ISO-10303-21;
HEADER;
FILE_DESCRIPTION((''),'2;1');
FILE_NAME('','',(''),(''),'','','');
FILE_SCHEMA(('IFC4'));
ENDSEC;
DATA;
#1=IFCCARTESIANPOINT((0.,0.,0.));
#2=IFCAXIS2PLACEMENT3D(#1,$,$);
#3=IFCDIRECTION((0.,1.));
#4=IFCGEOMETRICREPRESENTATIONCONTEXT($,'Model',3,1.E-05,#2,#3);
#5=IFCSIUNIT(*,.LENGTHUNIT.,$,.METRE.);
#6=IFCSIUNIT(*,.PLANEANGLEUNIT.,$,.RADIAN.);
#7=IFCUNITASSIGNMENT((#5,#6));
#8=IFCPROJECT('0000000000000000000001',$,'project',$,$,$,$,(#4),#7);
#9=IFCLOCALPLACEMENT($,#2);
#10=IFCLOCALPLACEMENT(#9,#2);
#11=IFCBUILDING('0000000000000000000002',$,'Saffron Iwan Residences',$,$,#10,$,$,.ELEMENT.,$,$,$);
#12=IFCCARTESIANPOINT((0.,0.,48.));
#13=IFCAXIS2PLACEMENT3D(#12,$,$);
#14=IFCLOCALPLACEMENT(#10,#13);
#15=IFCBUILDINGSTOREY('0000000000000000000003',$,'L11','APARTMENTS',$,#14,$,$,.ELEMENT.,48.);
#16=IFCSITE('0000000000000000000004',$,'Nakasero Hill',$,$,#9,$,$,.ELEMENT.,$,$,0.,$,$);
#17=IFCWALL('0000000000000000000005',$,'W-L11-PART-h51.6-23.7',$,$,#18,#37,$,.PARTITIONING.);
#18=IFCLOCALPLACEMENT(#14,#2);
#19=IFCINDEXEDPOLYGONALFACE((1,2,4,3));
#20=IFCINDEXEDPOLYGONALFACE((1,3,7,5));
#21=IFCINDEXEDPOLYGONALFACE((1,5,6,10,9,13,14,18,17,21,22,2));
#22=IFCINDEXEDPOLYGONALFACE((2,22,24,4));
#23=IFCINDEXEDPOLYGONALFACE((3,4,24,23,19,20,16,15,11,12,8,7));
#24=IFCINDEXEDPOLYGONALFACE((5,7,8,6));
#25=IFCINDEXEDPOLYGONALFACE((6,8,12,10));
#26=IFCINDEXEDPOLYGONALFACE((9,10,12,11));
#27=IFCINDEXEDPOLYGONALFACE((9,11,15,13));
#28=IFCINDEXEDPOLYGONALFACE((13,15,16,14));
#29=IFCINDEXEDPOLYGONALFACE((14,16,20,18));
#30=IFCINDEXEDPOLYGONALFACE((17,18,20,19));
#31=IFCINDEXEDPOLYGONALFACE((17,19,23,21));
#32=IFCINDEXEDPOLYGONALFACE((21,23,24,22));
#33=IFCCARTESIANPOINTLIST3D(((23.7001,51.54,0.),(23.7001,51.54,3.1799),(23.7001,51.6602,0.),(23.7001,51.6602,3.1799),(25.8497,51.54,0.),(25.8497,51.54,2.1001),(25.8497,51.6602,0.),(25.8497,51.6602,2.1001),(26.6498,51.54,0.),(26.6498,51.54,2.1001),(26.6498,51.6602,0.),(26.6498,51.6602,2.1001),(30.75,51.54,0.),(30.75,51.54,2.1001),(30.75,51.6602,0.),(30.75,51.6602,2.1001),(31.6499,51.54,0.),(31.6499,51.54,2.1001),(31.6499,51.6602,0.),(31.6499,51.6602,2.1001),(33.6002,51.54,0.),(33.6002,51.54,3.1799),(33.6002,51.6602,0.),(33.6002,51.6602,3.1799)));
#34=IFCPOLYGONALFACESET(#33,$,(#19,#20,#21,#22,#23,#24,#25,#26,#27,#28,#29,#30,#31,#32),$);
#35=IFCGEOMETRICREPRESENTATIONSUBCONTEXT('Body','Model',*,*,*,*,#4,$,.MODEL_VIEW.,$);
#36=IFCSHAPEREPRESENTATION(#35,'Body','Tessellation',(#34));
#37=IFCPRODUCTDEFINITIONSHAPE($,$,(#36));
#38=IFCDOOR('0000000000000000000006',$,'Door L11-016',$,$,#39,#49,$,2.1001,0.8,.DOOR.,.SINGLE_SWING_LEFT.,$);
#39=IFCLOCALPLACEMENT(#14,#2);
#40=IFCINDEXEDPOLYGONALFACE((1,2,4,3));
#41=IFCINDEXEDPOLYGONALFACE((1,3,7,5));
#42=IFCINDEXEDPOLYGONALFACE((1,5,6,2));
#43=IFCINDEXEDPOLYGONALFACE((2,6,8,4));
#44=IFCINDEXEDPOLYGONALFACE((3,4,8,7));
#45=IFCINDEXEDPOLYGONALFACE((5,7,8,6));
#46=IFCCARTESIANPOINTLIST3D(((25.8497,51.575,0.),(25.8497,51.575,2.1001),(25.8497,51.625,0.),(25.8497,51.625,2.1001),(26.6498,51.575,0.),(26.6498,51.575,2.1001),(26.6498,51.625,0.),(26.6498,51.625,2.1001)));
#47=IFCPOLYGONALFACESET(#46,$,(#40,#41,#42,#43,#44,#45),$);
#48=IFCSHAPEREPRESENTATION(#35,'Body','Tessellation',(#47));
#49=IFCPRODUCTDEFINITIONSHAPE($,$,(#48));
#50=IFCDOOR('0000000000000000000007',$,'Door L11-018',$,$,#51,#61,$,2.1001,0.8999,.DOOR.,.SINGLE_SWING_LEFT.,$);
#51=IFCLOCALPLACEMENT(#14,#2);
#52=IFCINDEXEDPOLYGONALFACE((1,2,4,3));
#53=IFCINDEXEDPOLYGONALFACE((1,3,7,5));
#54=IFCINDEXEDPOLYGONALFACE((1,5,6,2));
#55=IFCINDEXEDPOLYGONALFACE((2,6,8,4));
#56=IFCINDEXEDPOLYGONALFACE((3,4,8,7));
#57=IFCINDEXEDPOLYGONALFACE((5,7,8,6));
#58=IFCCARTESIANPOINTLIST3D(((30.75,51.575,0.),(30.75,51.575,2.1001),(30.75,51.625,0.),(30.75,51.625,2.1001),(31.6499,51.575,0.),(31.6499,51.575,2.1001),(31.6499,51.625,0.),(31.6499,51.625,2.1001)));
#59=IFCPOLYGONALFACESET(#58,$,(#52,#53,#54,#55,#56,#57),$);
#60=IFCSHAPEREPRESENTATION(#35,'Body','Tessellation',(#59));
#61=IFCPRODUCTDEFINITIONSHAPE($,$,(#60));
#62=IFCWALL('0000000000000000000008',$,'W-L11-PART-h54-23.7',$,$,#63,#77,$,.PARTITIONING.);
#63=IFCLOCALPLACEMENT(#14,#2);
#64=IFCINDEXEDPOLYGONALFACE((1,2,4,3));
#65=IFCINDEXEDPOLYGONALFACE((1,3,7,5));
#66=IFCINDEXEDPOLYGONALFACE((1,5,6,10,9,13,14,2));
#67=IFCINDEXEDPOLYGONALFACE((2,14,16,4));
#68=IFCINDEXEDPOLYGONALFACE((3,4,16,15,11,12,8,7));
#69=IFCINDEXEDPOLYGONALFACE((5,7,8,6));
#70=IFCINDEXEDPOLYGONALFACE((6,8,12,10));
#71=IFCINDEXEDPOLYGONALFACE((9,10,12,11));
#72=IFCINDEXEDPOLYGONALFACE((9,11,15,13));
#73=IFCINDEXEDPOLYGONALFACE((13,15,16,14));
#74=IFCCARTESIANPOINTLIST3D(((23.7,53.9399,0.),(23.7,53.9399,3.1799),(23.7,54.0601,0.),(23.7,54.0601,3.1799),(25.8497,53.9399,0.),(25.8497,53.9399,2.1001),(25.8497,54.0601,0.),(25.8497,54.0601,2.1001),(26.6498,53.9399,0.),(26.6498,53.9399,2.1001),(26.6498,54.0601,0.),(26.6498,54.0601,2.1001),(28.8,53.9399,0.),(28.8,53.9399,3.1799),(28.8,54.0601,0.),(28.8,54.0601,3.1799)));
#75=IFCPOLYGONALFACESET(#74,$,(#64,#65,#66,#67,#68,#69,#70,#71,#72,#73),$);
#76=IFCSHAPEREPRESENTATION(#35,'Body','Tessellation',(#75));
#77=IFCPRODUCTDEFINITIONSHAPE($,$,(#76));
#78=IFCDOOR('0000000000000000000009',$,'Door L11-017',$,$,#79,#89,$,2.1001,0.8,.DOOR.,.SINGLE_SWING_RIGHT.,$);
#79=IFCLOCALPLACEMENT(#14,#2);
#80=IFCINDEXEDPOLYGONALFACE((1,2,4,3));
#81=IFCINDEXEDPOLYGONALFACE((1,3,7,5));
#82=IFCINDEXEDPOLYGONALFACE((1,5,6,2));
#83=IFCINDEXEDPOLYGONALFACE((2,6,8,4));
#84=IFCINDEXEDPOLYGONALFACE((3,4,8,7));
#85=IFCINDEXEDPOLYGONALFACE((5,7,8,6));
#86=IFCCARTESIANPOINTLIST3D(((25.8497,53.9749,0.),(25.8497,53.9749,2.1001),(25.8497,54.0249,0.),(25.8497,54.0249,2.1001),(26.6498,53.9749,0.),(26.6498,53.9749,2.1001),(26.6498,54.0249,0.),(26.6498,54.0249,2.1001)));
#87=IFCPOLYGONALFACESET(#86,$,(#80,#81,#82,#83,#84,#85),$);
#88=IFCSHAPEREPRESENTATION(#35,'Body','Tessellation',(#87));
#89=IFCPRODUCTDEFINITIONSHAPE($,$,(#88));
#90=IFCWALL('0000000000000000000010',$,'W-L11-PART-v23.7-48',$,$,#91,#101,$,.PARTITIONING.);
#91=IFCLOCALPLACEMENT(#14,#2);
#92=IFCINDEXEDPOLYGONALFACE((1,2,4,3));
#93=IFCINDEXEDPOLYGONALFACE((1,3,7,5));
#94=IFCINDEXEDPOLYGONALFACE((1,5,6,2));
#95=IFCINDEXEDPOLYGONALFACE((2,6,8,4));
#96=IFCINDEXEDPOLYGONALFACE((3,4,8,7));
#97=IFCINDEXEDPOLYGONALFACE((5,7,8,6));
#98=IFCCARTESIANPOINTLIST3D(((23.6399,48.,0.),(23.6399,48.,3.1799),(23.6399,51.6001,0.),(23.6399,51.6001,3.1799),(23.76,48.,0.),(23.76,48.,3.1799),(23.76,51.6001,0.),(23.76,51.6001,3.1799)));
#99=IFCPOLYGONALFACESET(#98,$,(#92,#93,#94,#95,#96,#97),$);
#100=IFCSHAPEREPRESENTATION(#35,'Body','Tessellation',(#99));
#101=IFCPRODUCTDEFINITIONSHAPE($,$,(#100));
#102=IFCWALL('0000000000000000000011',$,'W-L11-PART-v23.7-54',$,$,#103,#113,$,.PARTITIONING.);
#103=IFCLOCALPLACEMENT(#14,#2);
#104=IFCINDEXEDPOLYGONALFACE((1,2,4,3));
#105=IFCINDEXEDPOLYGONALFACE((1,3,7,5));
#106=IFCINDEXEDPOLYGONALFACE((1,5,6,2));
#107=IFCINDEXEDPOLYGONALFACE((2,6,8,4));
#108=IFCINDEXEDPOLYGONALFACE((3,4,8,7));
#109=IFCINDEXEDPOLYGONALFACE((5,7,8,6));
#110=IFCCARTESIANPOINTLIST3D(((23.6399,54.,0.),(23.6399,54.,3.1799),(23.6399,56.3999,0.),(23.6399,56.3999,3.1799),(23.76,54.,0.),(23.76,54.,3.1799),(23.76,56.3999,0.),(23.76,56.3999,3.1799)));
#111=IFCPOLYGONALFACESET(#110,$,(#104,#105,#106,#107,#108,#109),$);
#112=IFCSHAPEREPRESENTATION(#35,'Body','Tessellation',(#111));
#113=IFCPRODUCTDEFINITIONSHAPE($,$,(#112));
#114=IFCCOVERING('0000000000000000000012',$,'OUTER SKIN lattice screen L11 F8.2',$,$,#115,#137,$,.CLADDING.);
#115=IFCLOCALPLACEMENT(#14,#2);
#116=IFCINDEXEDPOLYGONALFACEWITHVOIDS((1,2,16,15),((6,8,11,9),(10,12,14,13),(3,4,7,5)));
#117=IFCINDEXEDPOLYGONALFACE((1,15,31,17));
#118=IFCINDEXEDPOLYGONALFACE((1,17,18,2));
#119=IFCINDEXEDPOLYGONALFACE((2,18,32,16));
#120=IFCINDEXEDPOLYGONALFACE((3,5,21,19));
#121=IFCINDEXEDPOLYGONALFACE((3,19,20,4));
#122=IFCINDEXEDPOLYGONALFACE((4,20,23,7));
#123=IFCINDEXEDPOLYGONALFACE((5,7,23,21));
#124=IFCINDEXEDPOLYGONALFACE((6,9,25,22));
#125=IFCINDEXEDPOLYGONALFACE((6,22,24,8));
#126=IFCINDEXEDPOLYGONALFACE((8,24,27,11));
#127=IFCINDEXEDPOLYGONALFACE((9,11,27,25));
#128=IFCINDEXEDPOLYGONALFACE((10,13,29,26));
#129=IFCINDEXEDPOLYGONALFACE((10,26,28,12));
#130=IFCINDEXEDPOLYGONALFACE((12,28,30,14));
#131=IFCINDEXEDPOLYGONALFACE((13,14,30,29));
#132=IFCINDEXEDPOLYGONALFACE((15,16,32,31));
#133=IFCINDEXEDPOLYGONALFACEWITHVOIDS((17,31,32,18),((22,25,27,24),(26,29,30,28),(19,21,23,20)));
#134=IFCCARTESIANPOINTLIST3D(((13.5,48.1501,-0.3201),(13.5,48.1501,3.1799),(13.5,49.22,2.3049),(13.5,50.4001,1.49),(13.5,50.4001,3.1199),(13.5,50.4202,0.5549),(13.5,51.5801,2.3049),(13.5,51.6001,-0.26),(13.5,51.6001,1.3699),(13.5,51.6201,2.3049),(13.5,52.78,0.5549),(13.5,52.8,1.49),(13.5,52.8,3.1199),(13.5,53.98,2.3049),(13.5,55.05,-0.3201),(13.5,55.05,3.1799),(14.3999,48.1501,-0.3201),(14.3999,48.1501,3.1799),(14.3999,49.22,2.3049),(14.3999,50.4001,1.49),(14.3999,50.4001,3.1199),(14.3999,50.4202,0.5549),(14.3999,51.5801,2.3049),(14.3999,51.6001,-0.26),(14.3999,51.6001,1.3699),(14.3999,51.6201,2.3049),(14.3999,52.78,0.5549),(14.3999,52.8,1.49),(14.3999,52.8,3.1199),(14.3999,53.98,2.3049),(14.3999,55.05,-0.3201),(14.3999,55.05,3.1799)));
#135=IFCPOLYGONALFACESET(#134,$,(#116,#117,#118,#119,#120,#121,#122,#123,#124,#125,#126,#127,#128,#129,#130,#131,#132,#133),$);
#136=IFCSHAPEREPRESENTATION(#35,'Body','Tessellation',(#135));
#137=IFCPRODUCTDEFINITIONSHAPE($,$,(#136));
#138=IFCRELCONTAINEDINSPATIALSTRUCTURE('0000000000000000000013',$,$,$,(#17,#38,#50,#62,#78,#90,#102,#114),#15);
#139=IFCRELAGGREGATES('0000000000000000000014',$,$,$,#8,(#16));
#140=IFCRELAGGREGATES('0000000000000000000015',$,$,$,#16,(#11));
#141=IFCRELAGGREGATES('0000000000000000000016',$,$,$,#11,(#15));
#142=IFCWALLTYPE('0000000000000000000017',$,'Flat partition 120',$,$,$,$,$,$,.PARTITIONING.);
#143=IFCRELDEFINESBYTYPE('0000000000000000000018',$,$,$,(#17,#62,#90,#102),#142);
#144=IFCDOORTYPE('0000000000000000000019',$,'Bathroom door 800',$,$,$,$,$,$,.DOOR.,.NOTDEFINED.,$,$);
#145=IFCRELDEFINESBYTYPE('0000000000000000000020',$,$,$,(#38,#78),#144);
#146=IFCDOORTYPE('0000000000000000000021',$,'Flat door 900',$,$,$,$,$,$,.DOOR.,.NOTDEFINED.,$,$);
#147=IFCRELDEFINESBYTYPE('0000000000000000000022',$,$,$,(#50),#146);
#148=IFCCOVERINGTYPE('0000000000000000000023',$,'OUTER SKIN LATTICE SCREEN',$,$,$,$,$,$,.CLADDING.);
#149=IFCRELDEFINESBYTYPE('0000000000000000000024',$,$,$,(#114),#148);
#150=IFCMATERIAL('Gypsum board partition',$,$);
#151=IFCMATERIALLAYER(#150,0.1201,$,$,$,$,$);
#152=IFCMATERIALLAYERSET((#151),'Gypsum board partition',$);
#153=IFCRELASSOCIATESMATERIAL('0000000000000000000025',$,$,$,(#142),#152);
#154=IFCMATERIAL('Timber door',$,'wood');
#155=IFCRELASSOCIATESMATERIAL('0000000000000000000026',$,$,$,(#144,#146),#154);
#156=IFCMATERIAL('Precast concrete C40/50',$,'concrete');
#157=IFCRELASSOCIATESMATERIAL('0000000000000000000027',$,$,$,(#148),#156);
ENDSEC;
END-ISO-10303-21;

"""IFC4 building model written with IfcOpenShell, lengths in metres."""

from ifc_helpers import new_model, si_unit, direction, frame, frame_2d, origin, place, context, subcontext, project, spatial, polyline, rectangle, outline, extrude, material, layer, layer_set, type_object, element, fill, save


model = new_model("IFC4")

# Units and contexts
model_context = context("Model", 3, precision=1e-05, world=origin(), true_north=direction((0.0, 1.0)))
body_context = subcontext(model_context, "Body", "Model", "MODEL_VIEW")
ifc_project = project(units=[si_unit("LENGTHUNIT", "METRE"), si_unit("PLANEANGLEUNIT", "RADIAN")], contexts=[model_context])

# Site, building, storey
site_placement = place(None, origin())
site = spatial("IfcSite", under=ifc_project, at=site_placement, Name="Nakasero Hill", CompositionType="ELEMENT", RefElevation=0.0)
building_placement = place(site_placement, origin())
building = spatial("IfcBuilding", under=site, at=building_placement, Name="Saffron Iwan Residences", CompositionType="ELEMENT")
storey_placement = place(building_placement, frame((0.0, 0.0, 48.0)))
storey = spatial("IfcBuildingStorey", under=building, at=storey_placement, Name="L11", Description="APARTMENTS", CompositionType="ELEMENT", Elevation=48.0)

# Shared definitions
ifc_material_1 = material(Name="Gypsum board partition")
ifc_layer_1 = layer(ifc_material_1, 0.1201)
ifc_layer_set_1 = layer_set([ifc_layer_1], Name="Gypsum board partition")
wall_type_1 = type_object("IfcWallType", Name="Flat partition 120", PredefinedType="PARTITIONING", material=ifc_layer_set_1)

# Wall, openings, doors
wall_1_placement = place(storey_placement, frame((23.7, 51.6001, 0.0), z_axis=(0.0, 0.0, 1.0), x_axis=(1.0, 0.0, 0.0)))
wall_1 = element("IfcWall", 1, at=wall_1_placement, inside=storey, type_object=wall_type_1, Name="W-L11-PART-h51.6-23.7", PredefinedType="PARTITIONING", context=body_context, shape_type="SweptSolid", body=[
    extrude(rectangle(XDim=9.9001, YDim=0.1201, at=frame_2d((4.9502, 0.0))), origin(), (0.0, 0.0, 1.0), 3.1799),
])
opening_1_placement = place(wall_1_placement, frame((2.1499, 0.0, 0.0)))
opening_1 = element("IfcOpeningElement", 2, at=opening_1_placement, cuts=wall_1, PredefinedType="OPENING", context=body_context, shape_type="SweptSolid", body=[
    extrude(rectangle(XDim=0.8, YDim=2.1001, at=frame_2d((0.3999, 1.05))), frame((0.0, 0.0701, 0.0), z_axis=(0.0, -1.0, 0.0), x_axis=(1.0, 0.0, 0.0)), (0.0, 0.0, 1.0), 0.1401),
])
opening_2_placement = place(wall_1_placement, frame((7.05, 0.0, 0.0)))
opening_2 = element("IfcOpeningElement", 3, at=opening_2_placement, cuts=wall_1, PredefinedType="OPENING", context=body_context, shape_type="SweptSolid", body=[
    extrude(rectangle(XDim=0.8999, YDim=2.1001, at=frame_2d((0.45, 1.05))), frame((0.0, 0.0701, 0.0), z_axis=(0.0, -1.0, 0.0), x_axis=(1.0, 0.0, 0.0)), (0.0, 0.0, 1.0), 0.1401),
])
ifc_material_2 = material(Name="Timber door", Category="wood")
door_type_1 = type_object("IfcDoorType", Name="Bathroom door 800", OperationType="NOTDEFINED", PredefinedType="DOOR", material=ifc_material_2)
door_1_placement = place(opening_1_placement, origin())
door_1 = element("IfcDoor", 4, at=door_1_placement, inside=storey, type_object=door_type_1, Name="Door L11-016", OperationType="SINGLE_SWING_LEFT", OverallHeight=2.1001, OverallWidth=0.8, PredefinedType="DOOR", context=body_context, shape_type="SweptSolid", body=[
    extrude(rectangle(XDim=0.8, YDim=2.1001, at=frame_2d((0.3999, 1.05))), frame((0.0, 0.0249, 0.0), z_axis=(0.0, -1.0, 0.0), x_axis=(1.0, 0.0, 0.0)), (0.0, 0.0, 1.0), 0.05),
])
fill(opening_1, door_1)
door_type_2 = type_object("IfcDoorType", Name="Flat door 900", OperationType="NOTDEFINED", PredefinedType="DOOR", material=ifc_material_2)
door_2_placement = place(opening_2_placement, origin())
door_2 = element("IfcDoor", 5, at=door_2_placement, inside=storey, type_object=door_type_2, Name="Door L11-018", OperationType="SINGLE_SWING_LEFT", OverallHeight=2.1001, OverallWidth=0.8999, PredefinedType="DOOR", context=body_context, shape_type="SweptSolid", body=[
    extrude(rectangle(XDim=0.8999, YDim=2.1001, at=frame_2d((0.45, 1.05))), frame((0.0, 0.0249, 0.0), z_axis=(0.0, -1.0, 0.0), x_axis=(1.0, 0.0, 0.0)), (0.0, 0.0, 1.0), 0.05),
])
fill(opening_2, door_2)

# Wall, opening, door
wall_2_placement = place(storey_placement, frame((23.7, 54.0, 0.0), z_axis=(0.0, 0.0, 1.0), x_axis=(1.0, 0.0, 0.0)))
wall_2 = element("IfcWall", 6, at=wall_2_placement, inside=storey, type_object=wall_type_1, Name="W-L11-PART-h54-23.7", PredefinedType="PARTITIONING", context=body_context, shape_type="SweptSolid", body=[
    extrude(rectangle(XDim=5.1001, YDim=0.1201, at=frame_2d((2.55, 0.0))), origin(), (0.0, 0.0, 1.0), 3.1799),
])
opening_3_placement = place(wall_2_placement, frame((2.1499, 0.0, 0.0)))
opening_3 = element("IfcOpeningElement", 7, at=opening_3_placement, cuts=wall_2, PredefinedType="OPENING", context=body_context, shape_type="SweptSolid", body=[
    extrude(rectangle(XDim=0.8, YDim=2.1001, at=frame_2d((0.3999, 1.05))), frame((0.0, 0.0701, 0.0), z_axis=(0.0, -1.0, 0.0), x_axis=(1.0, 0.0, 0.0)), (0.0, 0.0, 1.0), 0.1401),
])
door_3_placement = place(opening_3_placement, origin())
door_3 = element("IfcDoor", 8, at=door_3_placement, inside=storey, type_object=door_type_1, Name="Door L11-017", OperationType="SINGLE_SWING_RIGHT", OverallHeight=2.1001, OverallWidth=0.8, PredefinedType="DOOR", context=body_context, shape_type="SweptSolid", body=[
    extrude(rectangle(XDim=0.8, YDim=2.1001, at=frame_2d((0.3999, 1.05))), frame((0.0, 0.0249, 0.0), z_axis=(0.0, -1.0, 0.0), x_axis=(1.0, 0.0, 0.0)), (0.0, 0.0, 1.0), 0.05),
])
fill(opening_3, door_3)

# Walls
wall_3_placement = place(storey_placement, frame((23.7, 48.0, 0.0), z_axis=(0.0, 0.0, 1.0), x_axis=(0.0, 1.0, 0.0)))
element("IfcWall", 9, at=wall_3_placement, inside=storey, type_object=wall_type_1, Name="W-L11-PART-v23.7-48", PredefinedType="PARTITIONING", context=body_context, shape_type="SweptSolid", body=[
    extrude(rectangle(XDim=3.6001, YDim=0.1201, at=frame_2d((1.8, 0.0))), origin(), (0.0, 0.0, 1.0), 3.1799),
])
wall_4_placement = place(storey_placement, frame((23.7, 54.0, 0.0), z_axis=(0.0, 0.0, 1.0), x_axis=(0.0, 1.0, 0.0)))
element("IfcWall", 10, at=wall_4_placement, inside=storey, type_object=wall_type_1, Name="W-L11-PART-v23.7-54", PredefinedType="PARTITIONING", context=body_context, shape_type="SweptSolid", body=[
    extrude(rectangle(XDim=2.3999, YDim=0.1201, at=frame_2d((1.2, 0.0))), origin(), (0.0, 0.0, 1.0), 3.1799),
])

# Covering
ifc_material_3 = material(Name="Precast concrete C40/50", Category="concrete")
covering_type = type_object("IfcCoveringType", Name="OUTER SKIN LATTICE SCREEN", PredefinedType="CLADDING", material=ifc_material_3)
covering_placement = place(storey_placement, frame((14.3999, 55.05, -0.3201), z_axis=(-1.0, 0.0, 0.0), x_axis=(0.0, -1.0, 0.0)))
element("IfcCovering", 11, at=covering_placement, inside=storey, type_object=covering_type, Name="OUTER SKIN lattice screen L11 F8.2", PredefinedType="CLADDING", context=body_context, shape_type="SweptSolid", body=[
    extrude(outline(polyline([(0.0, 0.0), (6.8999, 0.0), (6.8999, 3.5), (0.0, 3.5), (0.0, 0.0)]), holes=[polyline([(2.27, 0.875), (3.45, 0.0601), (4.6299, 0.875), (3.45, 1.6899), (2.27, 0.875)]), polyline([(1.0701, 2.625), (2.25, 1.8101), (3.4299, 2.625), (2.25, 3.4399), (1.0701, 2.625)]), polyline([(3.47, 2.625), (4.6499, 1.8101), (5.8301, 2.625), (4.6499, 3.4399), (3.47, 2.625)])]), origin(), (0.0, 0.0, 1.0), 0.8999),
])

save(model, "model.ifc")
